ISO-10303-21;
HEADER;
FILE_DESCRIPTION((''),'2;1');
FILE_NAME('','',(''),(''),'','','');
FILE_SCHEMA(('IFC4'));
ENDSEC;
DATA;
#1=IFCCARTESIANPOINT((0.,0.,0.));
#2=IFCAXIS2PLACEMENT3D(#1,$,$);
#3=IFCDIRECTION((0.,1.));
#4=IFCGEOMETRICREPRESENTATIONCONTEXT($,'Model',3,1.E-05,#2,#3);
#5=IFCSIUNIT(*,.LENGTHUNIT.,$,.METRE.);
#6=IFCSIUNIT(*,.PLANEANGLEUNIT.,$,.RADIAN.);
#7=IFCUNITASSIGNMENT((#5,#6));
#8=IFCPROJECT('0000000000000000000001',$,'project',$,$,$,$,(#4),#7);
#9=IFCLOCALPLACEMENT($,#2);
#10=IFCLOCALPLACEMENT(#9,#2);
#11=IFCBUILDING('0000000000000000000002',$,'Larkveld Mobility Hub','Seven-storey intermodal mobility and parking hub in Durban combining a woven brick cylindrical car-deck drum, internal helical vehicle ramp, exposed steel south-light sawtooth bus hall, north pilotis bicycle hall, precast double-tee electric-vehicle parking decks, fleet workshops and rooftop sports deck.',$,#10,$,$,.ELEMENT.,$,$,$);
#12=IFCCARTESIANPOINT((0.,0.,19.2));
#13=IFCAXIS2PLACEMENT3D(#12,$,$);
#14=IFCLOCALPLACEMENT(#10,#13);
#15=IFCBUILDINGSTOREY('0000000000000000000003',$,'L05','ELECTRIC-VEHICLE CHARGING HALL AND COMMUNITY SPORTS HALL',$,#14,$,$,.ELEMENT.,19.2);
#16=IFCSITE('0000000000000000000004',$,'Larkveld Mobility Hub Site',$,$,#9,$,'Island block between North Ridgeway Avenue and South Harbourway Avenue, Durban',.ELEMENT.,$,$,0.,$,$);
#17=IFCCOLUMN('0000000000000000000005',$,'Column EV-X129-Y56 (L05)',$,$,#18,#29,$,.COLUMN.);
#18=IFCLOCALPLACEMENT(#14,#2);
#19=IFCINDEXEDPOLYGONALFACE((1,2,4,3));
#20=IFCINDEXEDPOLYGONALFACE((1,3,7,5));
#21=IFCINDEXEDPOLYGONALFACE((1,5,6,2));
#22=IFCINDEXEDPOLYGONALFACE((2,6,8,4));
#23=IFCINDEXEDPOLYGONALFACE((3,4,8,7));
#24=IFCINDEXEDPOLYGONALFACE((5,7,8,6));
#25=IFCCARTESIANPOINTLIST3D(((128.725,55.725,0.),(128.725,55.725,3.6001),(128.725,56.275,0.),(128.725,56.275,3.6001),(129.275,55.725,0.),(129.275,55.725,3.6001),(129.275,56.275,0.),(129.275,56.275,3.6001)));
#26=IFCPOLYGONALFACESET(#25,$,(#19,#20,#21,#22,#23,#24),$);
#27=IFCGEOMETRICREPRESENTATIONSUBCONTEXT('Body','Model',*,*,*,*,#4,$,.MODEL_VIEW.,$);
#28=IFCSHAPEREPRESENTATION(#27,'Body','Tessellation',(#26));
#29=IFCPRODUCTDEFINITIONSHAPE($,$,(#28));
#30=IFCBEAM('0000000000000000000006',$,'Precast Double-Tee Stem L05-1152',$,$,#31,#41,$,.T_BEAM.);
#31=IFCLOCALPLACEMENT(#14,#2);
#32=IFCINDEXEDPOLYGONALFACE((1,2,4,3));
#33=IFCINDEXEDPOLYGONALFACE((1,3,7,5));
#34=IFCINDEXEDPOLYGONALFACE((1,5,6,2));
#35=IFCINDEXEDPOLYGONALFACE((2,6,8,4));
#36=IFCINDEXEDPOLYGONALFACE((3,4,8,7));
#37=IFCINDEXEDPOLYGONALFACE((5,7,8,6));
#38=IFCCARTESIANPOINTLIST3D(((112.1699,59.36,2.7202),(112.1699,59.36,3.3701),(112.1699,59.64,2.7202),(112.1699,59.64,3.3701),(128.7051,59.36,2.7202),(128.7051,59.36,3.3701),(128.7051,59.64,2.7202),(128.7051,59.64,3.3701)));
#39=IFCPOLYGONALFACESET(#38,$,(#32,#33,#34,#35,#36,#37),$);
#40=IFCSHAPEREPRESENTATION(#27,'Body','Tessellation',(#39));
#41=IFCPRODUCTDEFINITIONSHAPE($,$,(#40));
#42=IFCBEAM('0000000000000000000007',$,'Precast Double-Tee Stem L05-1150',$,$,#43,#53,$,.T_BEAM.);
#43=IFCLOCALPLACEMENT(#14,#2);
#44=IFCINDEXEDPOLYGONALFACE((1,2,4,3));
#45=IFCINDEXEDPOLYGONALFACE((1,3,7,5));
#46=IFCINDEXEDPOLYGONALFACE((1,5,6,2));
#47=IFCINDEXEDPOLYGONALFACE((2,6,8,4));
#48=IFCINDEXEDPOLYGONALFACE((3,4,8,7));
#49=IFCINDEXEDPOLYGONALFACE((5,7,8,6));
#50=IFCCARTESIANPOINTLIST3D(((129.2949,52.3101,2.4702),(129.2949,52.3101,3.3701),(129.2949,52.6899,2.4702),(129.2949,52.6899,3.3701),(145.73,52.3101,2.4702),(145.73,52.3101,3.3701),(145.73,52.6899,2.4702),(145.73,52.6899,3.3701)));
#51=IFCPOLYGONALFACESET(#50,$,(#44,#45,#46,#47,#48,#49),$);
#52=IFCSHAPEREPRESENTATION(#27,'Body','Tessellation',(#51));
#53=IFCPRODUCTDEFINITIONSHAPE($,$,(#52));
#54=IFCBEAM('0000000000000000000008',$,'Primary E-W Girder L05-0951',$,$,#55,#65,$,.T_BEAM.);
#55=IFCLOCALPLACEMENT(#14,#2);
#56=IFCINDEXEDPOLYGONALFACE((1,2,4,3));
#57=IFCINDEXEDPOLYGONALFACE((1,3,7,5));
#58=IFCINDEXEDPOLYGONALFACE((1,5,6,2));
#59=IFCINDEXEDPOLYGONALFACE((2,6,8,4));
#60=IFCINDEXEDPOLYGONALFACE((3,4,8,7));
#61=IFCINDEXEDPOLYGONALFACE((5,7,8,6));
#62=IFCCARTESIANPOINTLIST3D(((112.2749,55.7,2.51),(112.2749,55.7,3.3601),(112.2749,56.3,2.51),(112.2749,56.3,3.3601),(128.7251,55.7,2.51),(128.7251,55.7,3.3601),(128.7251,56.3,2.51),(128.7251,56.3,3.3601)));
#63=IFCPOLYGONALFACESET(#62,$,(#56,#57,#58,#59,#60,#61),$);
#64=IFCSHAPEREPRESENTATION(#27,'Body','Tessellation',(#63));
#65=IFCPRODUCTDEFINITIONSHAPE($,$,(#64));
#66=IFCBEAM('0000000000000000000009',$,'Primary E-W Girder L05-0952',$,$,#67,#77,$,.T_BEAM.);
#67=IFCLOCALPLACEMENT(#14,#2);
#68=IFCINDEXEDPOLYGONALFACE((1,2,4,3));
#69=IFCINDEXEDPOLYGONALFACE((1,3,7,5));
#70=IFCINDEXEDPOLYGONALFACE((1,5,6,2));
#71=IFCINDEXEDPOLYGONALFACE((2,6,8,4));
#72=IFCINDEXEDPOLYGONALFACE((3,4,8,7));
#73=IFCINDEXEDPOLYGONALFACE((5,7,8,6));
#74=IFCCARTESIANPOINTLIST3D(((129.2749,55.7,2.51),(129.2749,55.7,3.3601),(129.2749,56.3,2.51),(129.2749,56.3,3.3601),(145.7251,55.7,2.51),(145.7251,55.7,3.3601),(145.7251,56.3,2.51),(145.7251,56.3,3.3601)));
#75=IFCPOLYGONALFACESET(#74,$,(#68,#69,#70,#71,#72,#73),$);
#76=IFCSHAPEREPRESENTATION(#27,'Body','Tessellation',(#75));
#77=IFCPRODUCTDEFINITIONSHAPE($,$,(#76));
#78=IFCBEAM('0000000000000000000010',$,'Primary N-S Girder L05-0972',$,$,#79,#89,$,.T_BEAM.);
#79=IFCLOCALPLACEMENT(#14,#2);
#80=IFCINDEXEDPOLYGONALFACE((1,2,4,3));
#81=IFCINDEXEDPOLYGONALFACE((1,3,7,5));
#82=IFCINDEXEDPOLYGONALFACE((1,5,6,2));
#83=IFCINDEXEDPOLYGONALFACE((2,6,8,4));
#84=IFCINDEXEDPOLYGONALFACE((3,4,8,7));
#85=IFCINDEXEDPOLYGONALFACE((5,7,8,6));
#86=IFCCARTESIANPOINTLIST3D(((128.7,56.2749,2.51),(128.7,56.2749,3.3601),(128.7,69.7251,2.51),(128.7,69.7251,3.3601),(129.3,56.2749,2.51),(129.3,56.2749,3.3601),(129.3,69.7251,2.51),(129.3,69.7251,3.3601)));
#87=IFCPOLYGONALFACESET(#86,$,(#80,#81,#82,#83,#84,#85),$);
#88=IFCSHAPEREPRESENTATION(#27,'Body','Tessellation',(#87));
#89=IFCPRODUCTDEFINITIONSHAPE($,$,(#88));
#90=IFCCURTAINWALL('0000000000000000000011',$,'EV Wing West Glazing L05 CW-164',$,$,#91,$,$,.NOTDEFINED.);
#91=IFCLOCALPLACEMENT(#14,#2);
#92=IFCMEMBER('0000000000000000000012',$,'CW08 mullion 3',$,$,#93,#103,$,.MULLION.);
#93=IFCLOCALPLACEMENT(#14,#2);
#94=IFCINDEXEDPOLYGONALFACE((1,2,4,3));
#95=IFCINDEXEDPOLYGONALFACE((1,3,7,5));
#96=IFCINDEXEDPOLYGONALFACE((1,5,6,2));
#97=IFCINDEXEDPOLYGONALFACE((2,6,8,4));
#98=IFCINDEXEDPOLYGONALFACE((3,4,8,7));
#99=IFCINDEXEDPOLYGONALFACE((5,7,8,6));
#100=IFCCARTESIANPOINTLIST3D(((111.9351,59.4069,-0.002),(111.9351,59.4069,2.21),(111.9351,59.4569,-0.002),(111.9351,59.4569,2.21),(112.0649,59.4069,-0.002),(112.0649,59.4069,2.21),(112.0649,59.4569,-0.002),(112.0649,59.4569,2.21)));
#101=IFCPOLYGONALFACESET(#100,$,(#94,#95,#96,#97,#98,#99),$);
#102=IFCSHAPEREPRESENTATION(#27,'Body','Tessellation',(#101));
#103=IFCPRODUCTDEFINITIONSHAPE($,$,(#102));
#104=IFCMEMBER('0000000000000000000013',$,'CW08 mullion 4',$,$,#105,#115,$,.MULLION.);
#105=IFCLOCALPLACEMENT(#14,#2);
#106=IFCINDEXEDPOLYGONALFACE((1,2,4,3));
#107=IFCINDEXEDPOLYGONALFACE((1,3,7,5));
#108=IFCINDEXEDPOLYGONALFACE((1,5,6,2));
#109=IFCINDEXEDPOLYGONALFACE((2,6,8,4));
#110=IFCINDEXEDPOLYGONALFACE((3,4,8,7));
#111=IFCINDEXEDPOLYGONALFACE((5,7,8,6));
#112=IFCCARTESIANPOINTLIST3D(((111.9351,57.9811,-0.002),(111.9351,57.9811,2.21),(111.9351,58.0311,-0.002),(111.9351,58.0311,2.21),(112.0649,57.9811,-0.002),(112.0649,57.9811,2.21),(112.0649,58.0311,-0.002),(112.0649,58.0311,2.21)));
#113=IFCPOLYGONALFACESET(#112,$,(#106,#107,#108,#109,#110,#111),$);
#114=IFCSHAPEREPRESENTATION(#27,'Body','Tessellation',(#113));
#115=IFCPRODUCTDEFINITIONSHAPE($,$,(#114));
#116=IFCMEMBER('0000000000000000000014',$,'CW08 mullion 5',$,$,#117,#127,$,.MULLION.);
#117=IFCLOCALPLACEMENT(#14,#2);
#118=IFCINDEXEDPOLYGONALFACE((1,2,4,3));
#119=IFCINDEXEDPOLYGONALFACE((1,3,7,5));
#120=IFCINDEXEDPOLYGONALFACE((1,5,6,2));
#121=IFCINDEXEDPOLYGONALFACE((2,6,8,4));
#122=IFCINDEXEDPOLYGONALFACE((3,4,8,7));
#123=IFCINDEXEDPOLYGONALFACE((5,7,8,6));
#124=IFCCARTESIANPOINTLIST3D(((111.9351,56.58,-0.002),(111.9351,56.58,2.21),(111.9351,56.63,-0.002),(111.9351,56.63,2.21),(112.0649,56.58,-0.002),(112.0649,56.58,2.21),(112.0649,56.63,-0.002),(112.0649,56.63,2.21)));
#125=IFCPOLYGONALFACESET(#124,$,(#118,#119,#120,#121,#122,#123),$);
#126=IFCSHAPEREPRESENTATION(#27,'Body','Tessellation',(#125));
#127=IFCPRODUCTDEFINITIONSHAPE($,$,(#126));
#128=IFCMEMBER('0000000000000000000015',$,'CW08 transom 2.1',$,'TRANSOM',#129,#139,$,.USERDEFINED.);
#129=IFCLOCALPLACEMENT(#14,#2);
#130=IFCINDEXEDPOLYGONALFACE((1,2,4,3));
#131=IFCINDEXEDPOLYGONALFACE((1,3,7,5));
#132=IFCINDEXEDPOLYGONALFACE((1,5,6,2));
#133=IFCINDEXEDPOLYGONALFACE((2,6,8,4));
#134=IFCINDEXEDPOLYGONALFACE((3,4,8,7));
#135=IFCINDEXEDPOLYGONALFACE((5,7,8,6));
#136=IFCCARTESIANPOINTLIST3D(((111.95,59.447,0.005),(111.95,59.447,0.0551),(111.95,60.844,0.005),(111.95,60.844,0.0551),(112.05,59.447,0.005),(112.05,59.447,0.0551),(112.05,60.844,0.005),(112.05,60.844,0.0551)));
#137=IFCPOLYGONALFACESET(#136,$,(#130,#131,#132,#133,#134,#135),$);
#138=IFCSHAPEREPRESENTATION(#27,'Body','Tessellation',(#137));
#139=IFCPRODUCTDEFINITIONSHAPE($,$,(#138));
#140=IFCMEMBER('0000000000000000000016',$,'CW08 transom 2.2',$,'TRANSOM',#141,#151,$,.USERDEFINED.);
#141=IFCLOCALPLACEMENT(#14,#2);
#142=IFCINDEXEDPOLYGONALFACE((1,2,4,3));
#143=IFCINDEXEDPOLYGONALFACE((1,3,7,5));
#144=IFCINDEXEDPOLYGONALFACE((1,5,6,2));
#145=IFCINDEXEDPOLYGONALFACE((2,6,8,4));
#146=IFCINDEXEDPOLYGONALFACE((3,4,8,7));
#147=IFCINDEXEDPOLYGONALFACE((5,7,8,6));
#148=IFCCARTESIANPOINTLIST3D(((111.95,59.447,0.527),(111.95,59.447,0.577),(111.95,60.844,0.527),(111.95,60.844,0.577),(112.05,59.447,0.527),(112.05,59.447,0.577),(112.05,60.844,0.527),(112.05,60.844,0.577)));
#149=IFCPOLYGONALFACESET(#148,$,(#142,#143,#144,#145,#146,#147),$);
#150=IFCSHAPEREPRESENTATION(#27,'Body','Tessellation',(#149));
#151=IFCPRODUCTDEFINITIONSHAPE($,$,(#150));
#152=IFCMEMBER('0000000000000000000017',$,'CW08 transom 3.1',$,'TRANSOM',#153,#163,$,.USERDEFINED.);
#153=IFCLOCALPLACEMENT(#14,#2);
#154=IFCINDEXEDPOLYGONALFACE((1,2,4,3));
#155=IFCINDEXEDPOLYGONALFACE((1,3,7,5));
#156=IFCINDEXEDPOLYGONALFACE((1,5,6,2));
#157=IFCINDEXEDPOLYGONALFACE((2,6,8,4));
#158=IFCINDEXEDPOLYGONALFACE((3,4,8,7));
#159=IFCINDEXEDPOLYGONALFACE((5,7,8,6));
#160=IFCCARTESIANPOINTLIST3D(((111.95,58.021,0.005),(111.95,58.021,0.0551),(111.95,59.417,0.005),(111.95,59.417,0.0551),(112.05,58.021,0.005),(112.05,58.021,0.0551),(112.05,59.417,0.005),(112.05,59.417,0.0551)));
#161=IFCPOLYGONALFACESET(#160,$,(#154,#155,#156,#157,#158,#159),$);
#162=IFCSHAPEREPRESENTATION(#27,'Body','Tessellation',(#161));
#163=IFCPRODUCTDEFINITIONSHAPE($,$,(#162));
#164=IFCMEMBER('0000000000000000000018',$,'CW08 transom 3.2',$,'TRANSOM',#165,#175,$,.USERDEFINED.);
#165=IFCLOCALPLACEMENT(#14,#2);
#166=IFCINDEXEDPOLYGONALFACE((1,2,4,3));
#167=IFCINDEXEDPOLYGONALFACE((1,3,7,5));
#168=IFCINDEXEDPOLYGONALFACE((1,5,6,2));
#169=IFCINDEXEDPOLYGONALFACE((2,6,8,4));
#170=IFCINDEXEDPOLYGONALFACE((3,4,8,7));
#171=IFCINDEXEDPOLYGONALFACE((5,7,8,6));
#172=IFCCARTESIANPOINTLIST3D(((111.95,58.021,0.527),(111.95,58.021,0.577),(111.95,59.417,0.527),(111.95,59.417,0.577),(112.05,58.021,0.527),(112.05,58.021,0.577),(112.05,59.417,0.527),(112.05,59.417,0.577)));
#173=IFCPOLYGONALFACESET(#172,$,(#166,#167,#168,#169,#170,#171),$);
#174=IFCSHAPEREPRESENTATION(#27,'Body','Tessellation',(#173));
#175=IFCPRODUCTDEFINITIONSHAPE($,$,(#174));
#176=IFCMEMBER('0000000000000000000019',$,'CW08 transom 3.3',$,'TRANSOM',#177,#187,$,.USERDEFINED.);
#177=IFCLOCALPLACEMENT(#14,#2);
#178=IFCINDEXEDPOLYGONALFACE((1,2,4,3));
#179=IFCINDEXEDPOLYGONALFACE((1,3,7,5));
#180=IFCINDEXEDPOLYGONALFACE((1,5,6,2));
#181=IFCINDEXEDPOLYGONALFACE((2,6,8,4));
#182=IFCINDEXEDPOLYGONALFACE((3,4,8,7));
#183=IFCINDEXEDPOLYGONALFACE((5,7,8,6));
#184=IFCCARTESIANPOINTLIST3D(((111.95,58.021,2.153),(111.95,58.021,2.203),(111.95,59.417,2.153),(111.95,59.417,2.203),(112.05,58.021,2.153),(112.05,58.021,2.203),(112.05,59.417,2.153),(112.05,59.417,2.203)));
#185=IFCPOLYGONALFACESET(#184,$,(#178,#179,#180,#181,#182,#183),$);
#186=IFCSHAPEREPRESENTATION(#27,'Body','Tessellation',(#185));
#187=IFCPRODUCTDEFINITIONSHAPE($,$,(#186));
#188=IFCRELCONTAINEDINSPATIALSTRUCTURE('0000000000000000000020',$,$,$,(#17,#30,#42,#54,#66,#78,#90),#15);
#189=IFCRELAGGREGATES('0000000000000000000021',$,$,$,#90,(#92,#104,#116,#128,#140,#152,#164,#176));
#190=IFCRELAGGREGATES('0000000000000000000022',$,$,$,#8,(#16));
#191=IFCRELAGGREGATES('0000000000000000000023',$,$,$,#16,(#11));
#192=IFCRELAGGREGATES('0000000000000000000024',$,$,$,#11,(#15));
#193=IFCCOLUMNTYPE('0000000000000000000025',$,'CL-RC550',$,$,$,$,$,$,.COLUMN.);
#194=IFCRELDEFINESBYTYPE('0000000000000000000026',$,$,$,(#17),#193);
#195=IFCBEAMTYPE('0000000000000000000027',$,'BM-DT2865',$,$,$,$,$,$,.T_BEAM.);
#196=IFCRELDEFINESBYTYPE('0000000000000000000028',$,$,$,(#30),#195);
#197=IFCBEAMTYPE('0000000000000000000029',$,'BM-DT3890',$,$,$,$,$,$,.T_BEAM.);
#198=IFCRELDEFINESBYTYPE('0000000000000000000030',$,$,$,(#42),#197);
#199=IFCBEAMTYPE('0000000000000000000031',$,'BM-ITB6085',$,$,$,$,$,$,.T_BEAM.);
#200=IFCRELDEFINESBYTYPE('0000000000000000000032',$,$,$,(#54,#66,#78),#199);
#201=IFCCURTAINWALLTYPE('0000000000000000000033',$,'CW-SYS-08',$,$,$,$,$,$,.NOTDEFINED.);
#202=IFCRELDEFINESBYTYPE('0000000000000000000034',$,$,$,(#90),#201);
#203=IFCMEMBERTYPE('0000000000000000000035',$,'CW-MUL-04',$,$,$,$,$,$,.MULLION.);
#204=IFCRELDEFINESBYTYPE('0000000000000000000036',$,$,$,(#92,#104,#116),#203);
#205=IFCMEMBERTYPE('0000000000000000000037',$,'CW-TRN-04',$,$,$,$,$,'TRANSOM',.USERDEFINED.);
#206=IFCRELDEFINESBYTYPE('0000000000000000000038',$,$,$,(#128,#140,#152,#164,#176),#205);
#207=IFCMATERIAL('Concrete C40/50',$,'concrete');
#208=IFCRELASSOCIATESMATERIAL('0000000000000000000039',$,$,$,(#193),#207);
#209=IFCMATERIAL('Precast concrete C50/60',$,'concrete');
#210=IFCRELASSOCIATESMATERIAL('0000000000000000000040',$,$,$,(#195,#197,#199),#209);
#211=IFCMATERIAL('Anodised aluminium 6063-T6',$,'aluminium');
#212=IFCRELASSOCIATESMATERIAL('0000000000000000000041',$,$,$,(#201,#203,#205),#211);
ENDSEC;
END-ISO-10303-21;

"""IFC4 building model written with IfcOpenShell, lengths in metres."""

from ifc_helpers import new_model, si_unit, direction, frame, origin, origin_2d, place, context, subcontext, project, spatial, rectangle, extrude, material, material_profile, profile_set, type_object, element, aggregate, save


model = new_model("IFC4")

# Units and contexts
model_context = context("Model", 3, precision=1e-05, world=origin(), true_north=direction((0.0, 1.0)))
body_context = subcontext(model_context, "Body", "Model", "MODEL_VIEW")
ifc_project = project(units=[si_unit("LENGTHUNIT", "METRE"), si_unit("PLANEANGLEUNIT", "RADIAN")], contexts=[model_context])

# Site, building, storey
site_placement = place(None, origin())
site = spatial("IfcSite", under=ifc_project, at=site_placement, Name="Larkveld Mobility Hub Site", LongName="Island block between North Ridgeway Avenue and South Harbourway Avenue, Durban", CompositionType="ELEMENT", RefElevation=0.0)
building_placement = place(site_placement, origin())
building = spatial("IfcBuilding", under=site, at=building_placement, Name="Larkveld Mobility Hub", Description="Seven-storey intermodal mobility and parking hub in Durban combining a woven brick cylindrical car-deck drum, internal helical vehicle ramp, exposed steel south-light sawtooth bus hall, north pilotis bicycle hall, precast double-tee electric-vehicle parking decks, fleet workshops and rooftop sports deck.", CompositionType="ELEMENT")
storey_placement = place(building_placement, frame((0.0, 0.0, 19.2)))
storey = spatial("IfcBuildingStorey", under=building, at=storey_placement, Name="L05", Description="ELECTRIC-VEHICLE CHARGING HALL AND COMMUNITY SPORTS HALL", CompositionType="ELEMENT", Elevation=19.2)

# Column
ifc_material_1 = material(Name="Concrete C40/50", Category="concrete")
ifc_material_profile_1 = material_profile(ifc_material_1, rectangle(XDim=0.55, YDim=0.55, at=origin_2d()), Name="RC COL 550x550")
ifc_profile_set_1 = profile_set([ifc_material_profile_1], Name="Concrete C40/50")
column_type = type_object("IfcColumnType", Name="CL-RC550", PredefinedType="COLUMN", material=ifc_profile_set_1)
column_placement = place(storey_placement, frame((129.0, 56.0, 0.0), z_axis=(0.0, 0.0, 1.0), x_axis=(1.0, 0.0, 0.0)))
element("IfcColumn", 1, at=column_placement, inside=storey, type_object=column_type, Name="Column EV-X129-Y56 (L05)", PredefinedType="COLUMN", context=body_context, shape_type="SweptSolid", body=[
    extrude(rectangle(XDim=0.55, YDim=0.55, at=origin_2d()), origin(), (0.0, 0.0, 1.0), 3.6001),
])

# Beams
ifc_material_2 = material(Name="Precast concrete C50/60", Category="concrete")
ifc_material_profile_2 = material_profile(ifc_material_2, rectangle(XDim=0.28, YDim=0.6499, at=origin_2d()), Name="PC DT 280x650")
ifc_profile_set_2 = profile_set([ifc_material_profile_2], Name="Precast concrete C50/60")
beam_type_1 = type_object("IfcBeamType", Name="BM-DT2865", PredefinedType="T_BEAM", material=ifc_profile_set_2)
beam_1_placement = place(storey_placement, frame((112.1699, 59.5, 3.0452), z_axis=(1.0, 0.0, 0.0), x_axis=(0.0, 1.0, 0.0)))
element("IfcBeam", 2, at=beam_1_placement, inside=storey, type_object=beam_type_1, Name="Precast Double-Tee Stem L05-1152", PredefinedType="T_BEAM", context=body_context, shape_type="SweptSolid", body=[
    extrude(rectangle(XDim=0.28, YDim=0.6499, at=origin_2d()), origin(), (0.0, 0.0, 1.0), 16.5352),
])
ifc_material_profile_3 = material_profile(ifc_material_2, rectangle(XDim=0.3799, YDim=0.8999, at=origin_2d()), Name="PC DT 380x900")
ifc_profile_set_3 = profile_set([ifc_material_profile_3], Name="Precast concrete C50/60")
beam_type_2 = type_object("IfcBeamType", Name="BM-DT3890", PredefinedType="T_BEAM", material=ifc_profile_set_3)
beam_2_placement = place(storey_placement, frame((129.2949, 52.5, 2.9202), z_axis=(1.0, 0.0, 0.0), x_axis=(0.0, 1.0, 0.0)))
element("IfcBeam", 3, at=beam_2_placement, inside=storey, type_object=beam_type_2, Name="Precast Double-Tee Stem L05-1150", PredefinedType="T_BEAM", context=body_context, shape_type="SweptSolid", body=[
    extrude(rectangle(XDim=0.3799, YDim=0.8999, at=origin_2d()), origin(), (0.0, 0.0, 1.0), 16.4351),
])
ifc_material_profile_4 = material_profile(ifc_material_2, rectangle(XDim=0.6001, YDim=0.8501, at=origin_2d()), Name="PC ITB 600x850")
ifc_profile_set_4 = profile_set([ifc_material_profile_4], Name="Precast concrete C50/60")
beam_type_3 = type_object("IfcBeamType", Name="BM-ITB6085", PredefinedType="T_BEAM", material=ifc_profile_set_4)
for number, where, z_axis, x_axis, name in (
    (4, (112.2749, 56.0, 2.9351), (1.0, 0.0, 0.0), (0.0, 1.0, 0.0), "Primary E-W Girder L05-0951"),
    (5, (129.2749, 56.0, 2.9351), (1.0, 0.0, 0.0), (0.0, 1.0, 0.0), "Primary E-W Girder L05-0952"),
):
    element("IfcBeam", number, at=place(storey_placement, frame(where, z_axis=z_axis, x_axis=x_axis)), inside=storey, type_object=beam_type_3, Name=name, PredefinedType="T_BEAM", context=body_context, shape_type="SweptSolid", body=[
        extrude(rectangle(XDim=0.6001, YDim=0.8501, at=origin_2d()), origin(), (0.0, 0.0, 1.0), 16.4502),
    ])
beam_3_placement = place(storey_placement, frame((129.0, 56.2749, 2.9351), z_axis=(0.0, 1.0, 0.0), x_axis=(-1.0, 0.0, 0.0)))
element("IfcBeam", 6, at=beam_3_placement, inside=storey, type_object=beam_type_3, Name="Primary N-S Girder L05-0972", PredefinedType="T_BEAM", context=body_context, shape_type="SweptSolid", body=[
    extrude(rectangle(XDim=0.6001, YDim=0.8501, at=origin_2d()), origin(), (0.0, 0.0, 1.0), 13.4502),
])

# Curtain wall, members
ifc_material_3 = material(Name="Anodised aluminium 6063-T6", Category="aluminium")
curtain_wall_type = type_object("IfcCurtainWallType", Name="CW-SYS-08", PredefinedType="NOTDEFINED", material=ifc_material_3)
curtain_wall_placement = place(storey_placement, origin())
curtain_wall = element("IfcCurtainWall", 7, at=curtain_wall_placement, inside=storey, type_object=curtain_wall_type, Name="EV Wing West Glazing L05 CW-164", PredefinedType="NOTDEFINED")
ifc_material_profile_5 = material_profile(ifc_material_3, rectangle(XDim=0.05, YDim=0.1299, at=origin_2d()), Name="ALU MULL 50x130")
ifc_profile_set_5 = profile_set([ifc_material_profile_5], Name="Anodised aluminium 6063-T6")
member_type_1 = type_object("IfcMemberType", Name="CW-MUL-04", PredefinedType="MULLION", material=ifc_profile_set_5)
member_1_placement = place(storey_placement, frame((112.0, 59.4319, -0.002), z_axis=(0.0, 0.0, 1.0), x_axis=(0.0, -1.0, 0.0)))
member_1 = element("IfcMember", 8, at=member_1_placement, type_object=member_type_1, Name="CW08 mullion 3", PredefinedType="MULLION", context=body_context, shape_type="SweptSolid", body=[
    extrude(rectangle(XDim=0.05, YDim=0.1299, at=origin_2d()), origin(), (0.0, 0.0, 1.0), 2.2119),
])
member_2_placement = place(storey_placement, frame((112.0, 58.0061, -0.002), z_axis=(0.0, 0.0, 1.0), x_axis=(0.0, -1.0, 0.0)))
member_2 = element("IfcMember", 9, at=member_2_placement, type_object=member_type_1, Name="CW08 mullion 4", PredefinedType="MULLION", context=body_context, shape_type="SweptSolid", body=[
    extrude(rectangle(XDim=0.05, YDim=0.1299, at=origin_2d()), origin(), (0.0, 0.0, 1.0), 2.2119),
])
member_3_placement = place(storey_placement, frame((112.0, 56.605, -0.002), z_axis=(0.0, 0.0, 1.0), x_axis=(0.0, -1.0, 0.0)))
member_3 = element("IfcMember", 10, at=member_3_placement, type_object=member_type_1, Name="CW08 mullion 5", PredefinedType="MULLION", context=body_context, shape_type="SweptSolid", body=[
    extrude(rectangle(XDim=0.05, YDim=0.1299, at=origin_2d()), origin(), (0.0, 0.0, 1.0), 2.2119),
])
ifc_material_profile_6 = material_profile(ifc_material_3, rectangle(XDim=0.1001, YDim=0.05, at=origin_2d()), Name="ALU TRAN 50x100")
ifc_profile_set_6 = profile_set([ifc_material_profile_6], Name="Anodised aluminium 6063-T6")
member_type_2 = type_object("IfcMemberType", Name="CW-TRN-04", ElementType="TRANSOM", PredefinedType="USERDEFINED", material=ifc_profile_set_6)
member_4_placement = place(storey_placement, frame((112.0, 60.844, 0.03), z_axis=(0.0, -1.0, 0.0), x_axis=(1.0, 0.0, 0.0)))
member_4 = element("IfcMember", 11, at=member_4_placement, type_object=member_type_2, Name="CW08 transom 2.1", ObjectType="TRANSOM", PredefinedType="USERDEFINED", context=body_context, shape_type="SweptSolid", body=[
    extrude(rectangle(XDim=0.1001, YDim=0.05, at=origin_2d()), origin(), (0.0, 0.0, 1.0), 1.397),
])
member_5_placement = place(storey_placement, frame((112.0, 60.844, 0.552), z_axis=(0.0, -1.0, 0.0), x_axis=(1.0, 0.0, 0.0)))
member_5 = element("IfcMember", 12, at=member_5_placement, type_object=member_type_2, Name="CW08 transom 2.2", ObjectType="TRANSOM", PredefinedType="USERDEFINED", context=body_context, shape_type="SweptSolid", body=[
    extrude(rectangle(XDim=0.1001, YDim=0.05, at=origin_2d()), origin(), (0.0, 0.0, 1.0), 1.397),
])
member_6_placement = place(storey_placement, frame((112.0, 59.417, 0.03), z_axis=(0.0, -1.0, 0.0), x_axis=(1.0, 0.0, 0.0)))
member_6 = element("IfcMember", 13, at=member_6_placement, type_object=member_type_2, Name="CW08 transom 3.1", ObjectType="TRANSOM", PredefinedType="USERDEFINED", context=body_context, shape_type="SweptSolid", body=[
    extrude(rectangle(XDim=0.1001, YDim=0.05, at=origin_2d()), origin(), (0.0, 0.0, 1.0), 1.396),
])
member_7_placement = place(storey_placement, frame((112.0, 59.417, 0.552), z_axis=(0.0, -1.0, 0.0), x_axis=(1.0, 0.0, 0.0)))
member_7 = element("IfcMember", 14, at=member_7_placement, type_object=member_type_2, Name="CW08 transom 3.2", ObjectType="TRANSOM", PredefinedType="USERDEFINED", context=body_context, shape_type="SweptSolid", body=[
    extrude(rectangle(XDim=0.1001, YDim=0.05, at=origin_2d()), origin(), (0.0, 0.0, 1.0), 1.396),
])
member_8_placement = place(storey_placement, frame((112.0, 59.417, 2.178), z_axis=(0.0, -1.0, 0.0), x_axis=(1.0, 0.0, 0.0)))
member_8 = element("IfcMember", 15, at=member_8_placement, type_object=member_type_2, Name="CW08 transom 3.3", ObjectType="TRANSOM", PredefinedType="USERDEFINED", context=body_context, shape_type="SweptSolid", body=[
    extrude(rectangle(XDim=0.1001, YDim=0.05, at=origin_2d()), origin(), (0.0, 0.0, 1.0), 1.396),
])
aggregate(curtain_wall, [member_1, member_2, member_3, member_4, member_5, member_6, member_7, member_8])

save(model, "model.ifc")
